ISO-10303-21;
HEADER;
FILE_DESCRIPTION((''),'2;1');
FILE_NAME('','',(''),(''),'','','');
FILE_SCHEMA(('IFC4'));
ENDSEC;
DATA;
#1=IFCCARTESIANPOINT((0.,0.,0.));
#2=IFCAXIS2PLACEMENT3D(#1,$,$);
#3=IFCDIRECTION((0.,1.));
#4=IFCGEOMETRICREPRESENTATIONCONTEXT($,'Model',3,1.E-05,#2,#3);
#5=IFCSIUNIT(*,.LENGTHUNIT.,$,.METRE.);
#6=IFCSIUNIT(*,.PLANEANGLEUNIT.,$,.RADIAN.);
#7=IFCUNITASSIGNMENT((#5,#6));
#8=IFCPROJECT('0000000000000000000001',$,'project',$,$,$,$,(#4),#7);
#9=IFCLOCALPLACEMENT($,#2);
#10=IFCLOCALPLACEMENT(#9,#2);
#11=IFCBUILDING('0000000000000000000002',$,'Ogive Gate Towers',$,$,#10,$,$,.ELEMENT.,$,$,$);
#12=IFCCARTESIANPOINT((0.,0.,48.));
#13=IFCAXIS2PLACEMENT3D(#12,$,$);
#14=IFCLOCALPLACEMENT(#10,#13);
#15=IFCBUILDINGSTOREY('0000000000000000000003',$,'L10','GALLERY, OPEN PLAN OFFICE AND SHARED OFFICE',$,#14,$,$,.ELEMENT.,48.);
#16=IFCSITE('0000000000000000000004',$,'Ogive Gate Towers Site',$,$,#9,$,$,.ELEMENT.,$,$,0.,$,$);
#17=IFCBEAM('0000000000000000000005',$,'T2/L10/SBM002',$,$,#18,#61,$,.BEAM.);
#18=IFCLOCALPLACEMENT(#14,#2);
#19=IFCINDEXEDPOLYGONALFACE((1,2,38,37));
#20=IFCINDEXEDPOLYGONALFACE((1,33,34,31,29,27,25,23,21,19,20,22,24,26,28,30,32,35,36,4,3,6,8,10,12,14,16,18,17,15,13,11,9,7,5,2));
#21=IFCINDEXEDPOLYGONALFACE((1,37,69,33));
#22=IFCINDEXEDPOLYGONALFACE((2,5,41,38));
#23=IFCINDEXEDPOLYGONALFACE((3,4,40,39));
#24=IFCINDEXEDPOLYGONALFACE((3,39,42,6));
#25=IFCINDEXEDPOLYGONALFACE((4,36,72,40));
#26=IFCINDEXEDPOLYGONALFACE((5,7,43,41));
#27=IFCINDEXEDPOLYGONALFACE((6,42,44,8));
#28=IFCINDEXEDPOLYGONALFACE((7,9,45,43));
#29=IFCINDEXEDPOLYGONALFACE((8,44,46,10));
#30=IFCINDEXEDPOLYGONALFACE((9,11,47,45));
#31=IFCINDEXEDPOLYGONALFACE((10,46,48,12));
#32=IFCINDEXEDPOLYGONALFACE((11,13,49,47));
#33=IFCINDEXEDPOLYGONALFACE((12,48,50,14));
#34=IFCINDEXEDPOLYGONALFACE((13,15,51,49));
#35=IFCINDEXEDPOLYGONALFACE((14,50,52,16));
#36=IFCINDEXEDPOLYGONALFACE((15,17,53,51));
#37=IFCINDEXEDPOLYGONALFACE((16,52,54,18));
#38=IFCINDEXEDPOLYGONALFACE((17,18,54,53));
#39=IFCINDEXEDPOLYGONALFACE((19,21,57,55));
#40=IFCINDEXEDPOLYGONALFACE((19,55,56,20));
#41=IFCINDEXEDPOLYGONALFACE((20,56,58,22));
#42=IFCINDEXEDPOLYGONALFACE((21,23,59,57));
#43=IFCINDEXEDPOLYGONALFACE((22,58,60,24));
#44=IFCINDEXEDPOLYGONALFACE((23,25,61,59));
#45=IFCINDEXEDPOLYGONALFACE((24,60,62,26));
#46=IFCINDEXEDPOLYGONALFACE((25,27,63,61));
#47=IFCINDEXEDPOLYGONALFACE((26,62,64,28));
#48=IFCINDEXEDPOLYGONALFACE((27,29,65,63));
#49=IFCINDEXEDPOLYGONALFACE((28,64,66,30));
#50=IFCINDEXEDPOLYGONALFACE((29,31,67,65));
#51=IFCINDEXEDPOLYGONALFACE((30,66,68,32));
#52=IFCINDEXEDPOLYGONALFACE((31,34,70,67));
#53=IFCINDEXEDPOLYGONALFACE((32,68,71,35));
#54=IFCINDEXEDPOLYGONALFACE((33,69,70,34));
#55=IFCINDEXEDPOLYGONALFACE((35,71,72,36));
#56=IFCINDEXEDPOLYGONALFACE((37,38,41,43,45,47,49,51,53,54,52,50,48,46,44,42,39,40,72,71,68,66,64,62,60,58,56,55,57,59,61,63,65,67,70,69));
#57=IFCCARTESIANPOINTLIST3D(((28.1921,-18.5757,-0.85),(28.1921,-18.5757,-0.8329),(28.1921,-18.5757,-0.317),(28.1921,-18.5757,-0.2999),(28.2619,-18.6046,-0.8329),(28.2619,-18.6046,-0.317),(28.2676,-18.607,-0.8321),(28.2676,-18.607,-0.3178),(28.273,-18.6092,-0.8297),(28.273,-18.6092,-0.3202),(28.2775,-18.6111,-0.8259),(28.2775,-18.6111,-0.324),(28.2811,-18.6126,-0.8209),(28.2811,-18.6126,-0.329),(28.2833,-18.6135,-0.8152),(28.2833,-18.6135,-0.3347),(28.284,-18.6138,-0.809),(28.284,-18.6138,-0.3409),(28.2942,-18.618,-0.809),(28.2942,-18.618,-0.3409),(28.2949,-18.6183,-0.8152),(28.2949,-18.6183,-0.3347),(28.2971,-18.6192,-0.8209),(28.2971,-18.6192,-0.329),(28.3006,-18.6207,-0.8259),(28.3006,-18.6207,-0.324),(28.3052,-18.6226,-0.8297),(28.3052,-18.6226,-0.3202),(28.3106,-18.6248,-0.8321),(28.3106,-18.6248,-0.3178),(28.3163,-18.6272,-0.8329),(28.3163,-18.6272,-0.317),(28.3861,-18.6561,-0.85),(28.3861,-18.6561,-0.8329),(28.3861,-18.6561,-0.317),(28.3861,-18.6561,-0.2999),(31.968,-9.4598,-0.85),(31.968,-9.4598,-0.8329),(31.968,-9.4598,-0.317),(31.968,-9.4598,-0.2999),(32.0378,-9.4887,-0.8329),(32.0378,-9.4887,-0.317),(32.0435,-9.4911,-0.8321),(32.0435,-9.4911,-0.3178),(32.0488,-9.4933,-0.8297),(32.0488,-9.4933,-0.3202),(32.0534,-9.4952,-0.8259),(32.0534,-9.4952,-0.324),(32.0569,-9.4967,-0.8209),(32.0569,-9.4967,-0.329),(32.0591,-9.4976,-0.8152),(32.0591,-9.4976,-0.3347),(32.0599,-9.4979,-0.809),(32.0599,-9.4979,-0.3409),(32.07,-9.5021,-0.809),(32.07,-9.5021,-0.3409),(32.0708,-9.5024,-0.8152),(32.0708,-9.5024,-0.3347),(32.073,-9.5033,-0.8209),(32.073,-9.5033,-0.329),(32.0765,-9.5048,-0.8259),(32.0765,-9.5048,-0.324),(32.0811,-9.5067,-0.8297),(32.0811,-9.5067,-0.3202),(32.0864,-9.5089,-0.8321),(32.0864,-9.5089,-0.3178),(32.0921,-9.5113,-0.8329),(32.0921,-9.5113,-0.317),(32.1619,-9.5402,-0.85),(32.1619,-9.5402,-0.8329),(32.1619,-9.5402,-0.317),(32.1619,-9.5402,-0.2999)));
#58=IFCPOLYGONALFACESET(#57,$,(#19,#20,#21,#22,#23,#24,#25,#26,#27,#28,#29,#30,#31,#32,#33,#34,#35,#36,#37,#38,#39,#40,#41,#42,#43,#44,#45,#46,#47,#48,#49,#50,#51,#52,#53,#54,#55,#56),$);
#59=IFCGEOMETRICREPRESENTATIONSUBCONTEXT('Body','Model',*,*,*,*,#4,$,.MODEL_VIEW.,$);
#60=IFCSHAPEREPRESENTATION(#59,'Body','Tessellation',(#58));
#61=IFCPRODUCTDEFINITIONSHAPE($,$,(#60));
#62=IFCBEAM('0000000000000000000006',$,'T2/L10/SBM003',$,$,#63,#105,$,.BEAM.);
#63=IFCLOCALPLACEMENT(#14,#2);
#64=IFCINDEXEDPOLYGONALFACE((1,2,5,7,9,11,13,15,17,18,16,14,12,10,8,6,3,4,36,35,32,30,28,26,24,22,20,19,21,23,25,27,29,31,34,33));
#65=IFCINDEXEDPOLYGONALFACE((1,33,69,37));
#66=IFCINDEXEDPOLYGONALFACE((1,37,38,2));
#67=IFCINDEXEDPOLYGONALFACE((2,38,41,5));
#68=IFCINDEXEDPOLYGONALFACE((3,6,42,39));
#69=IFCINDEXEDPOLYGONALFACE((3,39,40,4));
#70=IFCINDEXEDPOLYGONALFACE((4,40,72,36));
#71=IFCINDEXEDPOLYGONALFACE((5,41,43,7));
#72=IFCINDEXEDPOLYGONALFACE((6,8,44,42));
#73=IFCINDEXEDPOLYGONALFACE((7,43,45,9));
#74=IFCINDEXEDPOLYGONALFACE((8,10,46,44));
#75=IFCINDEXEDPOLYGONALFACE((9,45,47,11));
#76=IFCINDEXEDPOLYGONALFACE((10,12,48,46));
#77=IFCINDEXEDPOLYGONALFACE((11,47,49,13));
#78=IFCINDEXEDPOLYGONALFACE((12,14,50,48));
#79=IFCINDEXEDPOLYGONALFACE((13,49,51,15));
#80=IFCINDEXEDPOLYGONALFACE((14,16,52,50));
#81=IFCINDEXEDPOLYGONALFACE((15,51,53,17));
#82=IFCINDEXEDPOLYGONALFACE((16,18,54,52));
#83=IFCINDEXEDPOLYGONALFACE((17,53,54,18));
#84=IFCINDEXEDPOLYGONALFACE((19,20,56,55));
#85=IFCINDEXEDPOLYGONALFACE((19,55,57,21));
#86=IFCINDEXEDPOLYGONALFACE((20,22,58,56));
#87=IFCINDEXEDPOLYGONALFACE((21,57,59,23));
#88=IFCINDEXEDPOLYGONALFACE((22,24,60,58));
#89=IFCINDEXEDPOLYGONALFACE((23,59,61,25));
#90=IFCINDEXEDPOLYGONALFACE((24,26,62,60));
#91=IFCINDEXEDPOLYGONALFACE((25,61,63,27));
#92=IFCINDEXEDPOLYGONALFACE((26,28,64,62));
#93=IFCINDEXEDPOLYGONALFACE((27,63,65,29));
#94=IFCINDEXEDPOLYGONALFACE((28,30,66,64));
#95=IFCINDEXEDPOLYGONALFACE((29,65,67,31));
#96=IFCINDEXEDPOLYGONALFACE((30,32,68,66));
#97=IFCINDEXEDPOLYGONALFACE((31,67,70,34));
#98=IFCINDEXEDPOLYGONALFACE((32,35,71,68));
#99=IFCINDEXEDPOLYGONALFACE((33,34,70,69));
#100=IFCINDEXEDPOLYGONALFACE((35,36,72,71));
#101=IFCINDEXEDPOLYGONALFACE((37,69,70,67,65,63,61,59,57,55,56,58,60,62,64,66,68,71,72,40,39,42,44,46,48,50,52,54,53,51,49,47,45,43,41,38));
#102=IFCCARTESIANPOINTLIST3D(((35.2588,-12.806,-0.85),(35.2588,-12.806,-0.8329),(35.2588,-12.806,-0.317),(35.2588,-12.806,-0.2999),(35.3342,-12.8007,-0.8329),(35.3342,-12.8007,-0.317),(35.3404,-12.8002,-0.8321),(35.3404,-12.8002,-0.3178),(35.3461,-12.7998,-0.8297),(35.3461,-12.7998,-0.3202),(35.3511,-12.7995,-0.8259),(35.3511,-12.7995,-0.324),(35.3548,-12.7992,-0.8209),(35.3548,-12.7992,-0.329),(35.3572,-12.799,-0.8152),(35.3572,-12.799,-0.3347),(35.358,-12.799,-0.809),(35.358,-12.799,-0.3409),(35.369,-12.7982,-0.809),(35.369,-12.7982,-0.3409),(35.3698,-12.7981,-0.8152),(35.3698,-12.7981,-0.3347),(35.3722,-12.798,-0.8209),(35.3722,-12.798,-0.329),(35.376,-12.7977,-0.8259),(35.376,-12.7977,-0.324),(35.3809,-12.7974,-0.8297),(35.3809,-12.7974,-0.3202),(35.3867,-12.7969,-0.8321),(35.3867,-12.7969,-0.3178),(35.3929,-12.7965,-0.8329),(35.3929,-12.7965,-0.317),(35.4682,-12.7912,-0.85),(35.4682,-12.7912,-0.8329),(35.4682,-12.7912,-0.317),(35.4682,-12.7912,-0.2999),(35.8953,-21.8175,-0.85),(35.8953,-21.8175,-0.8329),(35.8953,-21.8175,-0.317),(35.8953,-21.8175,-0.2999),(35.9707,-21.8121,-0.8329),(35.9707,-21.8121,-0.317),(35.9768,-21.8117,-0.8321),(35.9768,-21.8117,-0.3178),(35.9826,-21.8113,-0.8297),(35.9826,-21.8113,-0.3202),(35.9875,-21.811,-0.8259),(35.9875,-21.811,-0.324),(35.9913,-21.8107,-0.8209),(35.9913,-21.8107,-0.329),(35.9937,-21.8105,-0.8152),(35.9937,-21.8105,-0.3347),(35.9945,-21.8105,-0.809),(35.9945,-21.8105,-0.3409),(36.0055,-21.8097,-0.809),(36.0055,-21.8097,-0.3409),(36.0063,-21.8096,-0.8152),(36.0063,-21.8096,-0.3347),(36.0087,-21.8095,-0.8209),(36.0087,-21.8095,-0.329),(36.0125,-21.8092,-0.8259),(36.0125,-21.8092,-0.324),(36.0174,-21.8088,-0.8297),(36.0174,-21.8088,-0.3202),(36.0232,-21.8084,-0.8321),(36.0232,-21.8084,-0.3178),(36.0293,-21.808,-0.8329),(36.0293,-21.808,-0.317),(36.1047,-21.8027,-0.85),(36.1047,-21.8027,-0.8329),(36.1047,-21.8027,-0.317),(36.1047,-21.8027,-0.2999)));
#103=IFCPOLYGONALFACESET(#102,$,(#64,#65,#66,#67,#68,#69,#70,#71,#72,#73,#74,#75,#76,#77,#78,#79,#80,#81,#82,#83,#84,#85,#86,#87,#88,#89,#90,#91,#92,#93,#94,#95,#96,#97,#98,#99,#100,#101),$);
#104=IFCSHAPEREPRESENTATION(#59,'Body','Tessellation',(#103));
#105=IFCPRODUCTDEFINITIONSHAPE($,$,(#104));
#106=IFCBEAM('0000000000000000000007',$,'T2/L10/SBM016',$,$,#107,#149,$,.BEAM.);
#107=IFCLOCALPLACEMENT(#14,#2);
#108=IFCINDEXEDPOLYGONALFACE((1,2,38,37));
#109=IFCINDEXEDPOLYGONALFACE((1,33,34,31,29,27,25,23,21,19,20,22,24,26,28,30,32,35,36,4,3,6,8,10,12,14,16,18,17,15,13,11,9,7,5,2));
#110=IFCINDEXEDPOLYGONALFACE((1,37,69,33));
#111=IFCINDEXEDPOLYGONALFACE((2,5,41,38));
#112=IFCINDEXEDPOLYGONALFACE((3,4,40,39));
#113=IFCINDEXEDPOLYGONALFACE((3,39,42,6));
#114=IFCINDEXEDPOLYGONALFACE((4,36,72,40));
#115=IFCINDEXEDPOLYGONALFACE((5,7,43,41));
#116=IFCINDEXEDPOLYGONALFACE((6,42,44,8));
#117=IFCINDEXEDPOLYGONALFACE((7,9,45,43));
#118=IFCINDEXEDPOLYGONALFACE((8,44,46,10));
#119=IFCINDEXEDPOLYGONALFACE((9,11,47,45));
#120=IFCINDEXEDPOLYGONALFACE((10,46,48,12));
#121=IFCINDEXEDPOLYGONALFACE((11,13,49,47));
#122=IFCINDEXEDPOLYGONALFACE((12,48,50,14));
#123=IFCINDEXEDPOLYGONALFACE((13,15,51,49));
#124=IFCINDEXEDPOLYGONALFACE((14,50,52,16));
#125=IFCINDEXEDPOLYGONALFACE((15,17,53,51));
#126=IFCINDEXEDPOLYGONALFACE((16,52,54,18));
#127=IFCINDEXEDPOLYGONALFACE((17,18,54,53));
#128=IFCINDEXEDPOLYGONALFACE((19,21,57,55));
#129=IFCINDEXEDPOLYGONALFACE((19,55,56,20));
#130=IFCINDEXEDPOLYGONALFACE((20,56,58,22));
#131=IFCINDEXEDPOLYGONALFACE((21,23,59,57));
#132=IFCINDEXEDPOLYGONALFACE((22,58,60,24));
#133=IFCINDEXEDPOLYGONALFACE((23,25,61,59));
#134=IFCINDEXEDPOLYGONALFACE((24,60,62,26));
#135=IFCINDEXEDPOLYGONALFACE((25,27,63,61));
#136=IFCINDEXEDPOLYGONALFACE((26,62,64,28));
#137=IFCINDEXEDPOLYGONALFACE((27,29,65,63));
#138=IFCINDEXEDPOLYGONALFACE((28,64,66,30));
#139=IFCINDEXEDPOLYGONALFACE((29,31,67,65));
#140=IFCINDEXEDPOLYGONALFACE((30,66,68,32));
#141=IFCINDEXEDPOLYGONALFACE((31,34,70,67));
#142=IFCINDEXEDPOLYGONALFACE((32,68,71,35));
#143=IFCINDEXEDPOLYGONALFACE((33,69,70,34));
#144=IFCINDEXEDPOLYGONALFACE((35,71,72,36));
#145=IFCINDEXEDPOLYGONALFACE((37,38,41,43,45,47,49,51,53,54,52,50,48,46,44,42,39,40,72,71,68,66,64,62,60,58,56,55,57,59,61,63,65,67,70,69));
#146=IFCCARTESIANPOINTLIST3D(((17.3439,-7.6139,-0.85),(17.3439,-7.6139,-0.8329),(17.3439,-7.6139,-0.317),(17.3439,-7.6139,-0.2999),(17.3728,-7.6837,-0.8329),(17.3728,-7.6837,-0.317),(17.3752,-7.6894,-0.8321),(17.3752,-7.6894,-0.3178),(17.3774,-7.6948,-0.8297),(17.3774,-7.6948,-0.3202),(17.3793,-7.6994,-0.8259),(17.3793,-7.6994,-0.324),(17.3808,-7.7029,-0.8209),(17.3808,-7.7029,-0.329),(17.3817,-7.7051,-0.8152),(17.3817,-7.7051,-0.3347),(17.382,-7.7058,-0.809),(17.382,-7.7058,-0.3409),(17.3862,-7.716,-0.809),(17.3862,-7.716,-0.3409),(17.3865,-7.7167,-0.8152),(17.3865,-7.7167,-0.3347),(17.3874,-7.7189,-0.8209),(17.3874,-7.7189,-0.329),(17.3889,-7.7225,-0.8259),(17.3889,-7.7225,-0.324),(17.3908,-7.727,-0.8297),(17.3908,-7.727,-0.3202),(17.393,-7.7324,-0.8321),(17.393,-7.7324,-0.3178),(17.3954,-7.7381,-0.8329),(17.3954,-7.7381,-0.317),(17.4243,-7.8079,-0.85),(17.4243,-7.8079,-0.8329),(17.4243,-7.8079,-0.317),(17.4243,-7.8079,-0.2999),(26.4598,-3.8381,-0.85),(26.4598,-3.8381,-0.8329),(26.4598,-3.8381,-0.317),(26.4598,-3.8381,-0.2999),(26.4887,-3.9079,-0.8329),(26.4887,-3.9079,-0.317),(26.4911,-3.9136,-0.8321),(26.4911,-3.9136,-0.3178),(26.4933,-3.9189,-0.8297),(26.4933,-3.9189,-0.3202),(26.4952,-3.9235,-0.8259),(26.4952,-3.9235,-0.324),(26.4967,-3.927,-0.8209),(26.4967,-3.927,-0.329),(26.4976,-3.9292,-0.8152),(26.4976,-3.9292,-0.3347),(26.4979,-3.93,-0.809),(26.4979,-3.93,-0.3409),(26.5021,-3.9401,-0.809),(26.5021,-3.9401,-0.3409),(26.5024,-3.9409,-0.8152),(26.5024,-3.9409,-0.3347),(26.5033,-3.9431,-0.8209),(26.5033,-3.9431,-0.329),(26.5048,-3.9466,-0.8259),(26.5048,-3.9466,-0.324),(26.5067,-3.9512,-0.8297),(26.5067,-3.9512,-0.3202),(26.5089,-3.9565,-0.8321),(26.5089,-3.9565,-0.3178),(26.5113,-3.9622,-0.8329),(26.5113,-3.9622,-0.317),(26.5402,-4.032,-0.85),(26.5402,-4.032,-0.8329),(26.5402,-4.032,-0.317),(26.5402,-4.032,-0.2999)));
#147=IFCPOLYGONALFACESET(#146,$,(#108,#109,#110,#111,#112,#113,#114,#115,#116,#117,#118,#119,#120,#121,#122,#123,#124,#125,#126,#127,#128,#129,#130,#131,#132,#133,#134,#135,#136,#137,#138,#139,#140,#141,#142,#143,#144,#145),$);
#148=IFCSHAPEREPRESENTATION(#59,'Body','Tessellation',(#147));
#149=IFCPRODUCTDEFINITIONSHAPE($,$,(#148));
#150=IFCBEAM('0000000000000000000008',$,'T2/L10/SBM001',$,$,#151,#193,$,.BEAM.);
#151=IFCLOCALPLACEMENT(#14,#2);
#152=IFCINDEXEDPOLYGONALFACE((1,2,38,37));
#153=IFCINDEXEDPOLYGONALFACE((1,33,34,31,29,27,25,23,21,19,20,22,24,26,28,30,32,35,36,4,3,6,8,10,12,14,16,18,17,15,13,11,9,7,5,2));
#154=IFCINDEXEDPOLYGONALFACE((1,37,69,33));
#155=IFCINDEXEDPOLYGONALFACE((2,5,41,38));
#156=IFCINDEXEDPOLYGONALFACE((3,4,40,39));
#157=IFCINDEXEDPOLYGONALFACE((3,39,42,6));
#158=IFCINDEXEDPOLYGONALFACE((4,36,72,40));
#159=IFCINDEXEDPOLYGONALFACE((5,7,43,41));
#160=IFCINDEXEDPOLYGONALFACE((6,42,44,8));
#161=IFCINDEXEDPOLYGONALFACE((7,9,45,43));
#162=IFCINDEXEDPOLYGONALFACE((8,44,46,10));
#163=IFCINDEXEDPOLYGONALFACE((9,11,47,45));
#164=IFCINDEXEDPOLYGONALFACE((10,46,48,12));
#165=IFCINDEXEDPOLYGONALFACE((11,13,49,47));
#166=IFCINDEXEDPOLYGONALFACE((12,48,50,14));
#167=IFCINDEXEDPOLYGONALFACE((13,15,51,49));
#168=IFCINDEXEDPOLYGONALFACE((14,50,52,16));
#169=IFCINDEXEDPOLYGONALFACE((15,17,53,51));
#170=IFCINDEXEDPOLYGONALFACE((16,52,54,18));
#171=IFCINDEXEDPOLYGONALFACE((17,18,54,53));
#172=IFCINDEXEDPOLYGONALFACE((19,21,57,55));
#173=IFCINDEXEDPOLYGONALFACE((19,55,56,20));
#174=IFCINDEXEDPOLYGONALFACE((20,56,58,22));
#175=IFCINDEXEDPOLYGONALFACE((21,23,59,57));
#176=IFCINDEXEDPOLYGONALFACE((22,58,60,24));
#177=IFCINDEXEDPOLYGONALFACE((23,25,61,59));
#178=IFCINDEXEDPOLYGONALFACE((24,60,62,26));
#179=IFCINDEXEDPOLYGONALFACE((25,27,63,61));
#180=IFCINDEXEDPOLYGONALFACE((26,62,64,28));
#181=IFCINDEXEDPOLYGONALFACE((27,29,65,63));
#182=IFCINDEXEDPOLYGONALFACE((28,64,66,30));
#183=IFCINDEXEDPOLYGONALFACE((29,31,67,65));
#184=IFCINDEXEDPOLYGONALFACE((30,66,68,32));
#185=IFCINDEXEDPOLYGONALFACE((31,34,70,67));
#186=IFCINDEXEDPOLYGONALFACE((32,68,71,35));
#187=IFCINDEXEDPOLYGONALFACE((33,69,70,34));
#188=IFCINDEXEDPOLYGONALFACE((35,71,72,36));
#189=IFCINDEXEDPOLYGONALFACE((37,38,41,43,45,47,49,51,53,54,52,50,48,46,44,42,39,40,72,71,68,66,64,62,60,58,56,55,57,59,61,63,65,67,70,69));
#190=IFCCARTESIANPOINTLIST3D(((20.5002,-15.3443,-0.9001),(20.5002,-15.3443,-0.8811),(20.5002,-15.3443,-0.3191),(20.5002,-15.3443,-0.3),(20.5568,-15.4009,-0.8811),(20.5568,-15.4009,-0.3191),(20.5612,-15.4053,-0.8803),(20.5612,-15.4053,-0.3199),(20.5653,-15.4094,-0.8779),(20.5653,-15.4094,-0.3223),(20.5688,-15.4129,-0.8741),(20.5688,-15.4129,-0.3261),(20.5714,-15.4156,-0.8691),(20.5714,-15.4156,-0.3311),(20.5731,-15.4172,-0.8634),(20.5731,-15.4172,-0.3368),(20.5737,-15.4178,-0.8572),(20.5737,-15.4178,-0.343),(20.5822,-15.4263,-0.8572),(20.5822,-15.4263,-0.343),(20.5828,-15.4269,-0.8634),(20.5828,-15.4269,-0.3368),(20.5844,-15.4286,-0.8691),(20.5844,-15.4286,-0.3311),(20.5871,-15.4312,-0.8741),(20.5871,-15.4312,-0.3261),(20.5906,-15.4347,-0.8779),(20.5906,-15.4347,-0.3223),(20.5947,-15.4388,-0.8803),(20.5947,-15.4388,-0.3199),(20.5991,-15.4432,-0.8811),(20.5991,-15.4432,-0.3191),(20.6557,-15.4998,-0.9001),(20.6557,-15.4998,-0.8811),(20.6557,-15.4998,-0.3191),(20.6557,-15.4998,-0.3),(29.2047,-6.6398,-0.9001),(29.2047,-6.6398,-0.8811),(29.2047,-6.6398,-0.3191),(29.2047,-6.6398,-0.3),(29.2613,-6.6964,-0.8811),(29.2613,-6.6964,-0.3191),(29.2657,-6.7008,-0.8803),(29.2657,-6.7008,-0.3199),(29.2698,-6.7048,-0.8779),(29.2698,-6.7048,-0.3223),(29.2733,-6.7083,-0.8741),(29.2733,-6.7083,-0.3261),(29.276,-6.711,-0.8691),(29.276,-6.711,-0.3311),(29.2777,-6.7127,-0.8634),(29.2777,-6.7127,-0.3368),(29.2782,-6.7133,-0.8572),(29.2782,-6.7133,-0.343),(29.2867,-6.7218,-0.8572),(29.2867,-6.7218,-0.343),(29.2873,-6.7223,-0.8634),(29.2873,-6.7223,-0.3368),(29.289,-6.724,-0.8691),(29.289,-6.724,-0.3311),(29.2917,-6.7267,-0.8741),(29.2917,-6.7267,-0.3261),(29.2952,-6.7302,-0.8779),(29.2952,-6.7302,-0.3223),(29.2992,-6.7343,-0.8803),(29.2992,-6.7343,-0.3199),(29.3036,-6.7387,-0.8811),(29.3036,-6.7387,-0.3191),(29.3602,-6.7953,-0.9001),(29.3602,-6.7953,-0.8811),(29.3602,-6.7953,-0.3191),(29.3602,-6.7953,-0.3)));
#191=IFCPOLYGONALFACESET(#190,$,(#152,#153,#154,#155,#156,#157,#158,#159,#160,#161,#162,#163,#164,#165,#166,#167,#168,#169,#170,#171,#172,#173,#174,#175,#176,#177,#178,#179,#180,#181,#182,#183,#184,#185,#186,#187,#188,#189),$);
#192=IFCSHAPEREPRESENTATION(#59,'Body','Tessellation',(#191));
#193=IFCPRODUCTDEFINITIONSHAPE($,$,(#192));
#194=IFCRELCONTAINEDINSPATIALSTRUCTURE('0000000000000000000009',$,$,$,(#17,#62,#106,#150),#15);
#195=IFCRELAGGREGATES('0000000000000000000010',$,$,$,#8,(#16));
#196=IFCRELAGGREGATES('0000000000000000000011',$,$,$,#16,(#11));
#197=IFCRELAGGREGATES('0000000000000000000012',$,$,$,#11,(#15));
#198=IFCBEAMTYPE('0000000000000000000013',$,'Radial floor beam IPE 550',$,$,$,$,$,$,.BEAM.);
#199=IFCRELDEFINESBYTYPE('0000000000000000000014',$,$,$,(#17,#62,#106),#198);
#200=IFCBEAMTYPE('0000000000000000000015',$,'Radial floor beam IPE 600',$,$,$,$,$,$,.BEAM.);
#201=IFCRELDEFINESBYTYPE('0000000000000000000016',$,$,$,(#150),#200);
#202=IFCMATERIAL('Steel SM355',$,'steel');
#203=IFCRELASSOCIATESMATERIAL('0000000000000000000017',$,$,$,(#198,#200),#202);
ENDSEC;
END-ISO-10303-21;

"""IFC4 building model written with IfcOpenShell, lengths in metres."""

from ifc_helpers import new_model, si_unit, direction, frame, origin, origin_2d, place, context, subcontext, project, spatial, i_section, extrude, material, material_profile, profile_set, type_object, element, save


model = new_model("IFC4")

# Units and contexts
model_context = context("Model", 3, precision=1e-05, world=origin(), true_north=direction((0.0, 1.0)))
body_context = subcontext(model_context, "Body", "Model", "MODEL_VIEW")
ifc_project = project(units=[si_unit("LENGTHUNIT", "METRE"), si_unit("PLANEANGLEUNIT", "RADIAN")], contexts=[model_context])

# Site, building, storey
site_placement = place(None, origin())
site = spatial("IfcSite", under=ifc_project, at=site_placement, Name="Ogive Gate Towers Site", CompositionType="ELEMENT", RefElevation=0.0)
building_placement = place(site_placement, origin())
building = spatial("IfcBuilding", under=site, at=building_placement, Name="Ogive Gate Towers", CompositionType="ELEMENT")
storey_placement = place(building_placement, frame((0.0, 0.0, 48.0)))
storey = spatial("IfcBuildingStorey", under=building, at=storey_placement, Name="L10", Description="GALLERY, OPEN PLAN OFFICE AND SHARED OFFICE", CompositionType="ELEMENT", Elevation=48.0)

# Beams
ifc_material_1 = material(Name="Steel SM355", Category="steel")
ifc_material_profile_1 = material_profile(ifc_material_1, i_section(OverallWidth=0.21, OverallDepth=0.55, WebThickness=0.011, FlangeThickness=0.0171, FilletRadius=0.0239, at=origin_2d()), Name="IPE 550")
ifc_profile_set_1 = profile_set([ifc_material_profile_1], Name="Steel SM355")
beam_type_1 = type_object("IfcBeamType", Name="Radial floor beam IPE 550", PredefinedType="BEAM", material=ifc_profile_set_1)
beam_1_placement = place(storey_placement, frame((32.0649, -9.5, -0.575), z_axis=(-0.382677, -0.923882, 0.0), x_axis=(0.923882, -0.382677, 0.0)))
element("IfcBeam", 1, at=beam_1_placement, inside=storey, type_object=beam_type_1, Name="T2/L10/SBM002", PredefinedType="BEAM", context=body_context, shape_type="SweptSolid", body=[
    extrude(i_section(OverallWidth=0.21, OverallDepth=0.55, WebThickness=0.011, FlangeThickness=0.0171, FilletRadius=0.0239, at=origin_2d()), origin(), (0.0, 0.0, 1.0), 9.8669),
])
beam_2_placement = place(storey_placement, frame((35.3635, -12.7986, -0.575), z_axis=(0.070454, -0.997515, 0.0), x_axis=(0.997515, 0.070454, 0.0)))
element("IfcBeam", 2, at=beam_2_placement, inside=storey, type_object=beam_type_1, Name="T2/L10/SBM003", PredefinedType="BEAM", context=body_context, shape_type="SweptSolid", body=[
    extrude(i_section(OverallWidth=0.21, OverallDepth=0.55, WebThickness=0.011, FlangeThickness=0.0171, FilletRadius=0.0239, at=origin_2d()), origin(), (0.0, 0.0, 1.0), 9.0339),
])
beam_3_placement = place(storey_placement, frame((26.5, -3.9351, -0.575), z_axis=(-0.923882, -0.382677, 0.0), x_axis=(0.382677, -0.923882, 0.0)))
element("IfcBeam", 3, at=beam_3_placement, inside=storey, type_object=beam_type_1, Name="T2/L10/SBM016", PredefinedType="BEAM", context=body_context, shape_type="SweptSolid", body=[
    extrude(i_section(OverallWidth=0.21, OverallDepth=0.55, WebThickness=0.011, FlangeThickness=0.0171, FilletRadius=0.0239, at=origin_2d()), origin(), (0.0, 0.0, 1.0), 9.8669),
])
ifc_material_profile_2 = material_profile(ifc_material_1, i_section(OverallWidth=0.22, OverallDepth=0.6001, WebThickness=0.012, FlangeThickness=0.019, FilletRadius=0.0239, at=origin_2d()), Name="IPE 600")
ifc_profile_set_2 = profile_set([ifc_material_profile_2], Name="Steel SM355")
beam_type_2 = type_object("IfcBeamType", Name="Radial floor beam IPE 600", PredefinedType="BEAM", material=ifc_profile_set_2)
beam_4_placement = place(storey_placement, frame((29.2825, -6.7175, -0.6001), z_axis=(-0.707107, -0.707107, 0.0), x_axis=(0.707107, -0.707107, 0.0)))
element("IfcBeam", 4, at=beam_4_placement, inside=storey, type_object=beam_type_2, Name="T2/L10/SBM001", PredefinedType="BEAM", context=body_context, shape_type="SweptSolid", body=[
    extrude(i_section(OverallWidth=0.22, OverallDepth=0.6001, WebThickness=0.012, FlangeThickness=0.019, FilletRadius=0.0239, at=origin_2d()), origin(), (0.0, 0.0, 1.0), 12.3101),
])

save(model, "model.ifc")
